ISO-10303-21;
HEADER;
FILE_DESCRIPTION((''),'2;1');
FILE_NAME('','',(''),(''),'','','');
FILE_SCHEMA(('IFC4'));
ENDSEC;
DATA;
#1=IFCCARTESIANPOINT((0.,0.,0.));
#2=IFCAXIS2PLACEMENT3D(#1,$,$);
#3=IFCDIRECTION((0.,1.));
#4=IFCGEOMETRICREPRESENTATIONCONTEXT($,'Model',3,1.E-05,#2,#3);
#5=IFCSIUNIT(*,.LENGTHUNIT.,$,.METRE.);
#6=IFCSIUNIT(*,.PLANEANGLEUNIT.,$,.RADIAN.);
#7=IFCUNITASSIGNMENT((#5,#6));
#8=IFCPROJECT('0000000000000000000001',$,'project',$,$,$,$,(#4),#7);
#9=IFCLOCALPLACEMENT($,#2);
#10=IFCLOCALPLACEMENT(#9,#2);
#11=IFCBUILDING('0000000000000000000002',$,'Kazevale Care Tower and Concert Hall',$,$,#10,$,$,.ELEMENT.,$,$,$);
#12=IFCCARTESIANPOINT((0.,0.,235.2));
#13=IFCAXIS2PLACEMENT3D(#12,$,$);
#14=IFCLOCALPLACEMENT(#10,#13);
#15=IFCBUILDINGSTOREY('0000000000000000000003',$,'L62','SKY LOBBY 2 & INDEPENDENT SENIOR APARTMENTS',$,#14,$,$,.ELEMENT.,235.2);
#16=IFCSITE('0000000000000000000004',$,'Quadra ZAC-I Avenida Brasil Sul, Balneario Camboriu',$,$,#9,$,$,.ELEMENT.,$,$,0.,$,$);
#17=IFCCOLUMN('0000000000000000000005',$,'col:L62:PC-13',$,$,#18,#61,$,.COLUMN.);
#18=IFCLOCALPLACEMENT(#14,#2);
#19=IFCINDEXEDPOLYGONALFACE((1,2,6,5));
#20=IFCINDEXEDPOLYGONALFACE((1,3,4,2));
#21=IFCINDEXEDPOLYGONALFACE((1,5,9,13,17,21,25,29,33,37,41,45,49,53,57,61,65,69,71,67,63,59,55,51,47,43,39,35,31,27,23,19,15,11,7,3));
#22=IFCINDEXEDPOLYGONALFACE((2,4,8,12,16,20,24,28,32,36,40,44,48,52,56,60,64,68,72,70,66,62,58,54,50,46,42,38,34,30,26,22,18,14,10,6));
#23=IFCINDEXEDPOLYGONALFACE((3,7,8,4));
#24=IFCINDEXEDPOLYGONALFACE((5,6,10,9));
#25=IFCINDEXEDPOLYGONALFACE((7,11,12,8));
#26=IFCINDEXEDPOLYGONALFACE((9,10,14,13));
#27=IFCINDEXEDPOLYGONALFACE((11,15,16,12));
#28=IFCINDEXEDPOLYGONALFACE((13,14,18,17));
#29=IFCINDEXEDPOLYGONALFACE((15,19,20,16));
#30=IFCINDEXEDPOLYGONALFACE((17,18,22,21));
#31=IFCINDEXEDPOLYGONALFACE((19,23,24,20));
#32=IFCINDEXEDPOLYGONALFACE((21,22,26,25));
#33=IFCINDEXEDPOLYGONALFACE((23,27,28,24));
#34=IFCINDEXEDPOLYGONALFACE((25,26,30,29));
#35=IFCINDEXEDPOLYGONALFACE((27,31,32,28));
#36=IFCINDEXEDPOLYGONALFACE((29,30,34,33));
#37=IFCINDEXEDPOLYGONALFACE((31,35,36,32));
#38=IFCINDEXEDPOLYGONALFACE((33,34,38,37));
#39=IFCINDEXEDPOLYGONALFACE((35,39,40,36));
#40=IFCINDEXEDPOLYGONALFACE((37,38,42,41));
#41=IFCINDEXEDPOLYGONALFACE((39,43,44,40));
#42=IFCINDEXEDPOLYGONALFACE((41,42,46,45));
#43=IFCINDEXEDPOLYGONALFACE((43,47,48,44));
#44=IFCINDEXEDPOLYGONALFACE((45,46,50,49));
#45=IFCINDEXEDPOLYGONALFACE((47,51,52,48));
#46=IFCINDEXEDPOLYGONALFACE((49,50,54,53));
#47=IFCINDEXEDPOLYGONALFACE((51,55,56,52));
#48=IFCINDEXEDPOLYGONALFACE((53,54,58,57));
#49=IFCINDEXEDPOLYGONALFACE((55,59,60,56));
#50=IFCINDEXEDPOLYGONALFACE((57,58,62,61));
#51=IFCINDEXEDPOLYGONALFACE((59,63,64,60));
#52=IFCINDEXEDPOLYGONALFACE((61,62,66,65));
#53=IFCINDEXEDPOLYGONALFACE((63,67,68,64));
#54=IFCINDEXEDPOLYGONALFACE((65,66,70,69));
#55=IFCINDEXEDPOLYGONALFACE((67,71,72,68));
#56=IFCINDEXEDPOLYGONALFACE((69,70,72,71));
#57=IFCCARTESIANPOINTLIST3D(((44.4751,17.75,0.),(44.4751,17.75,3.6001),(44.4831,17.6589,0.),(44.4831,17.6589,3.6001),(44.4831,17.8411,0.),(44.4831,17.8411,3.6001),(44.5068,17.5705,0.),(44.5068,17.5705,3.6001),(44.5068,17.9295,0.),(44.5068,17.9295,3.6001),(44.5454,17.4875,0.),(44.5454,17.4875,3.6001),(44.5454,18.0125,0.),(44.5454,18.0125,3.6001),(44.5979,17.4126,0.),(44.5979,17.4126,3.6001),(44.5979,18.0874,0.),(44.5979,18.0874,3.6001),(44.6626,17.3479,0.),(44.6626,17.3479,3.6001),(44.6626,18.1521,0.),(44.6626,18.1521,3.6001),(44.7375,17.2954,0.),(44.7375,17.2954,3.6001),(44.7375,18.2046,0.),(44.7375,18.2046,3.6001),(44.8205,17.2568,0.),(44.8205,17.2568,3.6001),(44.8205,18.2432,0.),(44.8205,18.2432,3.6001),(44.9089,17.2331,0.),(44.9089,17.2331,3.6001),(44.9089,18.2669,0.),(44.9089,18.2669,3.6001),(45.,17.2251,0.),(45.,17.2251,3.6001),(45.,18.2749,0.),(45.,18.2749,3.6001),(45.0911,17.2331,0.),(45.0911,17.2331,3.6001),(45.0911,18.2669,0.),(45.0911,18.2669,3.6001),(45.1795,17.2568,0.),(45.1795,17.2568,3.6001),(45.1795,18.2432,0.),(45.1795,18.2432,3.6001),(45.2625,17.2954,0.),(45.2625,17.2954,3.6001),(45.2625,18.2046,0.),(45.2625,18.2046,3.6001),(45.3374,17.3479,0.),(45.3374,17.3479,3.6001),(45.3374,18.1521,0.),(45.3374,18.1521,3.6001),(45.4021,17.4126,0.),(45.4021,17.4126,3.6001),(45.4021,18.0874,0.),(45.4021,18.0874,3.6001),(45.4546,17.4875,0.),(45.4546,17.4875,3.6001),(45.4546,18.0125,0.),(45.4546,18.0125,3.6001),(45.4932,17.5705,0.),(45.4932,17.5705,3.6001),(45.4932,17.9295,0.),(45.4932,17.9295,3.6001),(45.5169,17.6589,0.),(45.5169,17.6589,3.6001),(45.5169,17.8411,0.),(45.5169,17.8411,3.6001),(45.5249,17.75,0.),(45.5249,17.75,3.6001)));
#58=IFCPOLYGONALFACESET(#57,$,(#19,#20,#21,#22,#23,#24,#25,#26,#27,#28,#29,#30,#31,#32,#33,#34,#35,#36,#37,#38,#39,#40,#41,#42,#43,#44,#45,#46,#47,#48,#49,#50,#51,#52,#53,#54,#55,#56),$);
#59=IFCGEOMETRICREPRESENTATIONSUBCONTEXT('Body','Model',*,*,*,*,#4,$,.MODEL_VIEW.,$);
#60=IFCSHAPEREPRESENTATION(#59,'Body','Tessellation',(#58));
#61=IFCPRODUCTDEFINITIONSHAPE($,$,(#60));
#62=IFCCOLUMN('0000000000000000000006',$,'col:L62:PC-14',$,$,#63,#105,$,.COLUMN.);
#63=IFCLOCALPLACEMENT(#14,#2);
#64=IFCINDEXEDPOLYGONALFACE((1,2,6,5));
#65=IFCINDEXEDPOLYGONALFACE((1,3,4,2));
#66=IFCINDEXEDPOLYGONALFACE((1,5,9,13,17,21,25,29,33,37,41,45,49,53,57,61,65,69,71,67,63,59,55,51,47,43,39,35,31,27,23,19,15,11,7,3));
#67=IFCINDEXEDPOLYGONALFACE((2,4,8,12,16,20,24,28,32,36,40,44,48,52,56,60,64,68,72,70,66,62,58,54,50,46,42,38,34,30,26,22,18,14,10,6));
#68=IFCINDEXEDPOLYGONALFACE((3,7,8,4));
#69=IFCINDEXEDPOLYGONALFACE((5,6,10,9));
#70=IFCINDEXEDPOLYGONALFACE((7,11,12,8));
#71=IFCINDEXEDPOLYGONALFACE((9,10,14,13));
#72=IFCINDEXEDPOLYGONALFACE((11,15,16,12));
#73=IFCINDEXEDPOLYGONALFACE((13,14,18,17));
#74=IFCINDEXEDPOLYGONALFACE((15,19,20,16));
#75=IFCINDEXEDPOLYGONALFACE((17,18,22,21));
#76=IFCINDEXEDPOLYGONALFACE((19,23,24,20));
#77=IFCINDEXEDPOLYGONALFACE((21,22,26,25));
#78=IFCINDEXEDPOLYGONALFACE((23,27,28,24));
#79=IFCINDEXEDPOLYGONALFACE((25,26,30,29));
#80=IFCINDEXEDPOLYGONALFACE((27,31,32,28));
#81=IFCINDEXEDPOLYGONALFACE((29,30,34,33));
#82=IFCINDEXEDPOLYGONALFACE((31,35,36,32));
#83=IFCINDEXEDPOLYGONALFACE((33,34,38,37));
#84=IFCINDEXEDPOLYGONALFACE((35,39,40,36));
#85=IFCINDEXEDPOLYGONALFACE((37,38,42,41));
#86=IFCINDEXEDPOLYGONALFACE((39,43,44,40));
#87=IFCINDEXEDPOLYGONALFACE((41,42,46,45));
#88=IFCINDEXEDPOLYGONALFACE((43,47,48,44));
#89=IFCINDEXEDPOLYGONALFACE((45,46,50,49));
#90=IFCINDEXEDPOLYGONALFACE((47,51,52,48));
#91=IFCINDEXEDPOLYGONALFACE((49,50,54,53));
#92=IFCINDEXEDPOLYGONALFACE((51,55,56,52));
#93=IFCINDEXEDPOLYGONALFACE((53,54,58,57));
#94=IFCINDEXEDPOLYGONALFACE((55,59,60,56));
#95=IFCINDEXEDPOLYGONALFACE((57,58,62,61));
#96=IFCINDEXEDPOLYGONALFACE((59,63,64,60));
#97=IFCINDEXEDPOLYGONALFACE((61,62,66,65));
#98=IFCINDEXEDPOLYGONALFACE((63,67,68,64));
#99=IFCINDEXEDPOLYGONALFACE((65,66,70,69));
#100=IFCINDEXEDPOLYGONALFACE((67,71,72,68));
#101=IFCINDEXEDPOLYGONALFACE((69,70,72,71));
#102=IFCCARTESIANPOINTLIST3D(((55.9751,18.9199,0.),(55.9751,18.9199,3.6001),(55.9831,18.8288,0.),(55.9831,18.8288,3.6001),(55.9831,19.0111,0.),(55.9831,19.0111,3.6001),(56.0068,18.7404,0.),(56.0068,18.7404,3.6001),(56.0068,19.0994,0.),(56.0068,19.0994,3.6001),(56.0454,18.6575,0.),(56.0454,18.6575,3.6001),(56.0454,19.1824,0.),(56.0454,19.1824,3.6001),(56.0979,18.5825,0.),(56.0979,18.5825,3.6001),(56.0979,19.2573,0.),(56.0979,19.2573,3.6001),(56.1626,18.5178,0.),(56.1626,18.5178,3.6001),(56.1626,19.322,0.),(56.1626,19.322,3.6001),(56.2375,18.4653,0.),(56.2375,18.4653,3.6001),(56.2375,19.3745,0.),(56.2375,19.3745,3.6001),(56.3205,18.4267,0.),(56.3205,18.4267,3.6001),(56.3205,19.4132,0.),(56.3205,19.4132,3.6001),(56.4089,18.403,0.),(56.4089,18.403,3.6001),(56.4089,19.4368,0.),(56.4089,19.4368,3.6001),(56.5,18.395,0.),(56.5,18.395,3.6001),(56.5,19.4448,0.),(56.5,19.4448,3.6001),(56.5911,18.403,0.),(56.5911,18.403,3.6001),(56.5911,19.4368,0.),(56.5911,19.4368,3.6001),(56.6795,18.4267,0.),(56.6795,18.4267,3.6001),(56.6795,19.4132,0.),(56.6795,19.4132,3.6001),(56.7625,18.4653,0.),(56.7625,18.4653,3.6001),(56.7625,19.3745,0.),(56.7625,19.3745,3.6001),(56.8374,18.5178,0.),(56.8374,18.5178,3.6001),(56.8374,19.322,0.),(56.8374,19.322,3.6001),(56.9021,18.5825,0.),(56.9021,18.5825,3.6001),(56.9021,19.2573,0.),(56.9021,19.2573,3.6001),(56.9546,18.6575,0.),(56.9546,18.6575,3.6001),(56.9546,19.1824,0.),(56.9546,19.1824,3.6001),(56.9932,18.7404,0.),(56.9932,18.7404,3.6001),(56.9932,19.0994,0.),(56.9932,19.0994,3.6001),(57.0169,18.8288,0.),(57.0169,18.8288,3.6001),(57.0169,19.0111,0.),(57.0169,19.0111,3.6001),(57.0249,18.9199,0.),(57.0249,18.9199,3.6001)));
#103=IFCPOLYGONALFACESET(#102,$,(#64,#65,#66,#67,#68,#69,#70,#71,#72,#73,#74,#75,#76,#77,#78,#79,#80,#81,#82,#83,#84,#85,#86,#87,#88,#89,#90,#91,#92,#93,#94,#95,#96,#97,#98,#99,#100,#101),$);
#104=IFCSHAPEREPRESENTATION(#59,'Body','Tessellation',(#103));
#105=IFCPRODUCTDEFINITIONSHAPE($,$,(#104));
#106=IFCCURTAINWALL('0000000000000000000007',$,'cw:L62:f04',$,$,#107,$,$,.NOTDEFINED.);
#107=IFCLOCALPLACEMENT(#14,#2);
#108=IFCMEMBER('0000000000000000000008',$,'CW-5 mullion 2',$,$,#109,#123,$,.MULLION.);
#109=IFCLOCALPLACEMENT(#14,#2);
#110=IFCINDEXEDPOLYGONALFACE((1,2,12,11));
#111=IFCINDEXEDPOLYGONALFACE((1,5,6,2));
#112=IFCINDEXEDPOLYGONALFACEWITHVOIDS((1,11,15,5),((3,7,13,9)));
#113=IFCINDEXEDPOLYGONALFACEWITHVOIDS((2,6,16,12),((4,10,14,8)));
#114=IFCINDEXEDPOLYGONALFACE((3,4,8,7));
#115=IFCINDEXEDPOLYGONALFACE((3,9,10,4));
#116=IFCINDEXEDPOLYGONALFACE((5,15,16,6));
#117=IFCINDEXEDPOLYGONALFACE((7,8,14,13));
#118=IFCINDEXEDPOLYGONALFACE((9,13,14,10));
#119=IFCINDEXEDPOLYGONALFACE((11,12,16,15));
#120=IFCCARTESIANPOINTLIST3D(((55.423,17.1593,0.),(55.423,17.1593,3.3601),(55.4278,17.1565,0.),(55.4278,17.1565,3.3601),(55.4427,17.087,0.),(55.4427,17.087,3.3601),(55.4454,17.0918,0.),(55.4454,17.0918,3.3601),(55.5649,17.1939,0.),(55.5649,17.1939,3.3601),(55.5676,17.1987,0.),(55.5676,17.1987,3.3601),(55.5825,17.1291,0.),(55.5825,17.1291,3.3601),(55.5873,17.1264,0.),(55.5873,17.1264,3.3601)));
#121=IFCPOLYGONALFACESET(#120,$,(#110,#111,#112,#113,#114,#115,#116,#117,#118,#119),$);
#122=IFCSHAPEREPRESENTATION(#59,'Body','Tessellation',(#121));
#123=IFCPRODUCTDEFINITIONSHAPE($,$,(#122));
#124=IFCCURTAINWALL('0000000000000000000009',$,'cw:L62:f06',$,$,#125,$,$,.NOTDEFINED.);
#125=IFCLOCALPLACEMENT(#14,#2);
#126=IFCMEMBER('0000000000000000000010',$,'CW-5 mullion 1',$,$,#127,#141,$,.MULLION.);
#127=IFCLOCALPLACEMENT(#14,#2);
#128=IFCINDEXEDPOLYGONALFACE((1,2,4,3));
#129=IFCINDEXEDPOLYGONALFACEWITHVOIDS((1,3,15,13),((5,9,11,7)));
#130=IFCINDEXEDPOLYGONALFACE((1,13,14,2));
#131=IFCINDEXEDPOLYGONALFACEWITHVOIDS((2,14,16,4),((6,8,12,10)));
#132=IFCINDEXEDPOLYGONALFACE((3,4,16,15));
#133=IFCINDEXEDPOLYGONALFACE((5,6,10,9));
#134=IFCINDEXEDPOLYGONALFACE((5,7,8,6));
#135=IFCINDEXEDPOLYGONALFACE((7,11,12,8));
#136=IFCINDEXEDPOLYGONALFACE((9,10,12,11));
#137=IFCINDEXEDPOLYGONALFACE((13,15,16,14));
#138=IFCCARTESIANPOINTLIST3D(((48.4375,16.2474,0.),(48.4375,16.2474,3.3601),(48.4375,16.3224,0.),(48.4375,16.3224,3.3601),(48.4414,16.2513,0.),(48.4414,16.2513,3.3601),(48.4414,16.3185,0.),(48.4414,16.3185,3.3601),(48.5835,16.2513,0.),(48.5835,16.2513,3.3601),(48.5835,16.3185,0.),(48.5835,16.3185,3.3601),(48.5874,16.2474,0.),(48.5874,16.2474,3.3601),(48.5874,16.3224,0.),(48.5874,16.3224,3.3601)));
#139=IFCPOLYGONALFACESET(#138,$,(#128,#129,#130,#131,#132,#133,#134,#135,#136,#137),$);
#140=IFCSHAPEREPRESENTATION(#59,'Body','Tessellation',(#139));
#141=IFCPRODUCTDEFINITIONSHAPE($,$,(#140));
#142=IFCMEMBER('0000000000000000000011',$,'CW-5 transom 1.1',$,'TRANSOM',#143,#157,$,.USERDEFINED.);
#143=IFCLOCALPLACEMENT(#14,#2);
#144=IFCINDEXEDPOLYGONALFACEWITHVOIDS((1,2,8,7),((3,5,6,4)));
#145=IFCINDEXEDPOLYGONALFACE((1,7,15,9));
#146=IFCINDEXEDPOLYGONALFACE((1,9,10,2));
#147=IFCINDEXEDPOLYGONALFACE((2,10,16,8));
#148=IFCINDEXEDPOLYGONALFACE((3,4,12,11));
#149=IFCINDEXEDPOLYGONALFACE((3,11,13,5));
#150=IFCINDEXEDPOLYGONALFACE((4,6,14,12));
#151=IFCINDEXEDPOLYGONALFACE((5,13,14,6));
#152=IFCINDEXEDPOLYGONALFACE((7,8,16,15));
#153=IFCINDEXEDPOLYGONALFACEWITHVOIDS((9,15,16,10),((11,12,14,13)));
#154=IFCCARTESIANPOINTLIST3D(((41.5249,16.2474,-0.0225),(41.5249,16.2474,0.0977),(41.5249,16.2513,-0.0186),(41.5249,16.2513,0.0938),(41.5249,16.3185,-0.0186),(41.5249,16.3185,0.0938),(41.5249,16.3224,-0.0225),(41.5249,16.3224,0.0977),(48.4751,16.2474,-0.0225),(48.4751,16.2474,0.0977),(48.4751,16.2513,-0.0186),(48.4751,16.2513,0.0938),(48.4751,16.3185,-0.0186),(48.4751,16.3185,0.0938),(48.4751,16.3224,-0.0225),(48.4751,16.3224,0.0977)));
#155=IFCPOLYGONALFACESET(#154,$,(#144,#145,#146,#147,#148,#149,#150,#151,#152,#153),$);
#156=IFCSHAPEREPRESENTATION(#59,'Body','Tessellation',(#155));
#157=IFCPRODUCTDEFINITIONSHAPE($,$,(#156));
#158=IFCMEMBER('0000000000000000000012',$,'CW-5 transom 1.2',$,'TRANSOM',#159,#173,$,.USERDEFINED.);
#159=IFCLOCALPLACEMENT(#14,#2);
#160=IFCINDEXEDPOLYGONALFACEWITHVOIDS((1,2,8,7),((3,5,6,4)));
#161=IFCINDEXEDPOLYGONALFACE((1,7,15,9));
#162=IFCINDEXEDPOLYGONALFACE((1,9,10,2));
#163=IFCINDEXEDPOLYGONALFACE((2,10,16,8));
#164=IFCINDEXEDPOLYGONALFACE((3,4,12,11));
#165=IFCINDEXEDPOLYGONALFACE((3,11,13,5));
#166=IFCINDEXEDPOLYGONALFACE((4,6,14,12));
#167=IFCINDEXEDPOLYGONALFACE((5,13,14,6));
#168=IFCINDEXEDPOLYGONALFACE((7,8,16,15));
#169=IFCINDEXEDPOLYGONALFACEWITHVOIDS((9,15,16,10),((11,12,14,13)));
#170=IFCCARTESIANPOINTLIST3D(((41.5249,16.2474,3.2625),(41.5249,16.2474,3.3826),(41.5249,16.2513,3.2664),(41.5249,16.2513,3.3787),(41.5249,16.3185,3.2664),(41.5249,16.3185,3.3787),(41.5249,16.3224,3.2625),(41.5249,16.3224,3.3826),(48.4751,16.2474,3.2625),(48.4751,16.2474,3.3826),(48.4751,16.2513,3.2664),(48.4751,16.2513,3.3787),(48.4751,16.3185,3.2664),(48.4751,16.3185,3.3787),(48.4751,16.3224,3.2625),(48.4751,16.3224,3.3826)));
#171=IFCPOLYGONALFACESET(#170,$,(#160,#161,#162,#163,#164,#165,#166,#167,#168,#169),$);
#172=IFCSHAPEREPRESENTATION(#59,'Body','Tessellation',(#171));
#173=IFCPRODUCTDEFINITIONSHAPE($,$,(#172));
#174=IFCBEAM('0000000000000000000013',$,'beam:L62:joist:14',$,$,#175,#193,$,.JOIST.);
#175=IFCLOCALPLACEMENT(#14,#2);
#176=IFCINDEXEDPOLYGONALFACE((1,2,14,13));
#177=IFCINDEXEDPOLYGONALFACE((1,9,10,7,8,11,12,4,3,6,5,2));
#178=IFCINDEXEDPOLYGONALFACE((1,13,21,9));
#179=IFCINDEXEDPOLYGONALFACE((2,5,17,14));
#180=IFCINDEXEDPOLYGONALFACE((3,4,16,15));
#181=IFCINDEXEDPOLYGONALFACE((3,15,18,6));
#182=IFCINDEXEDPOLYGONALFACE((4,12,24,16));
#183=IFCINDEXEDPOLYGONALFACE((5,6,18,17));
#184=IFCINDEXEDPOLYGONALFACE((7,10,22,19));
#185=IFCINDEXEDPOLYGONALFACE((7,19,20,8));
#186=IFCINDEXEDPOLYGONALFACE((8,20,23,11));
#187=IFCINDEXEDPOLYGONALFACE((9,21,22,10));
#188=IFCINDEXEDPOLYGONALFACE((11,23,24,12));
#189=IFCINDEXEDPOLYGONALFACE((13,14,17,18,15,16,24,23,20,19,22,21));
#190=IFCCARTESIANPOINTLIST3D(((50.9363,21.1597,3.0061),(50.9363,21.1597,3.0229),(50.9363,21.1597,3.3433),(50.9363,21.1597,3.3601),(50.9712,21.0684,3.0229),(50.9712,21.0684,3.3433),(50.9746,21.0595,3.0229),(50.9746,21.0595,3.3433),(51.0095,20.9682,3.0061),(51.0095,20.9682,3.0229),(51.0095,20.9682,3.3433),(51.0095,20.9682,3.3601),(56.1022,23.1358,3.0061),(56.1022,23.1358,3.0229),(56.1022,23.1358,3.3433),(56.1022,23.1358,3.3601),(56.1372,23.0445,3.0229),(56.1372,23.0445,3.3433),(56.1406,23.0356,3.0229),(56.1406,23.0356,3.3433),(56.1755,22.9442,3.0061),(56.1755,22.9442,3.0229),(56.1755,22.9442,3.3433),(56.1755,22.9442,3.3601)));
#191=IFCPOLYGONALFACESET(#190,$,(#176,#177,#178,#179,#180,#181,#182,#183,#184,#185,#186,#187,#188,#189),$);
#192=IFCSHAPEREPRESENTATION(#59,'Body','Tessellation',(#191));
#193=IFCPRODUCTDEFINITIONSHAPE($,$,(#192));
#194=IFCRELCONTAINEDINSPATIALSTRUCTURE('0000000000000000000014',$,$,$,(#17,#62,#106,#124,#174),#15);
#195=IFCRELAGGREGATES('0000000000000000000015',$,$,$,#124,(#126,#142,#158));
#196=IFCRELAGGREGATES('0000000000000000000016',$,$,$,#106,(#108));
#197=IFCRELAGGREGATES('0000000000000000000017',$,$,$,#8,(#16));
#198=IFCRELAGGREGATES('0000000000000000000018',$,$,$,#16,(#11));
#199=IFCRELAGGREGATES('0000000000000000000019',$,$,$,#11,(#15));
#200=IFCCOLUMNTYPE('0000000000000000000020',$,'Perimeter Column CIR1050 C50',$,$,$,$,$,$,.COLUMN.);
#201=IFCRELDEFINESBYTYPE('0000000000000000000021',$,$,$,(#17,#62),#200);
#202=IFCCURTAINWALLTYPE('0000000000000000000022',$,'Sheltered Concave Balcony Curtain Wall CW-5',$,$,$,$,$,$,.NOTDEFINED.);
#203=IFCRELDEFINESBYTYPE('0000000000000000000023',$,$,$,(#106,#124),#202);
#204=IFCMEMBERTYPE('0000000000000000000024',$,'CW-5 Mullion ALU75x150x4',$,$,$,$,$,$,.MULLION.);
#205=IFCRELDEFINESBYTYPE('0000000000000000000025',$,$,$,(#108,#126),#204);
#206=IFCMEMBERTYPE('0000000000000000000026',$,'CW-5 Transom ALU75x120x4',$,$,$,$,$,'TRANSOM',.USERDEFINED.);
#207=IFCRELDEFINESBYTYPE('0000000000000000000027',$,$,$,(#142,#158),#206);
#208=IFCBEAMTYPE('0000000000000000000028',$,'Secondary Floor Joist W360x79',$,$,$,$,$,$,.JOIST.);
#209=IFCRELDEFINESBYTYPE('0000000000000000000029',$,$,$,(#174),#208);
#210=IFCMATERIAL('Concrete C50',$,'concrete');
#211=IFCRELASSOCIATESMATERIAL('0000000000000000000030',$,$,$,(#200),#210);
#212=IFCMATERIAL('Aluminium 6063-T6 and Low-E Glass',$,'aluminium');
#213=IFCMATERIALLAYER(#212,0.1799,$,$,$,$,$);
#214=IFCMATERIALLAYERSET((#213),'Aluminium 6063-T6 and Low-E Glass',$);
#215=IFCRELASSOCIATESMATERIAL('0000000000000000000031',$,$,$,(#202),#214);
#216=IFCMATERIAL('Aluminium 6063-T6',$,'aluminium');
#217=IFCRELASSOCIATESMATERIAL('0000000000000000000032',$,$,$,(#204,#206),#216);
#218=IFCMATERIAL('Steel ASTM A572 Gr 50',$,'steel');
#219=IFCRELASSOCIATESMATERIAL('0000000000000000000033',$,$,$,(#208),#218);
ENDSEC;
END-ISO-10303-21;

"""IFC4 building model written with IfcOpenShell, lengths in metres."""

from ifc_helpers import new_model, si_unit, direction, frame, origin, origin_2d, place, context, subcontext, project, spatial, hollow_rectangle, circle, i_section, extrude, material, layer, layer_set, material_profile, profile_set, type_object, element, aggregate, save


model = new_model("IFC4")

# Units and contexts
model_context = context("Model", 3, precision=1e-05, world=origin(), true_north=direction((0.0, 1.0)))
body_context = subcontext(model_context, "Body", "Model", "MODEL_VIEW")
ifc_project = project(units=[si_unit("LENGTHUNIT", "METRE"), si_unit("PLANEANGLEUNIT", "RADIAN")], contexts=[model_context])

# Site, building, storey
site_placement = place(None, origin())
site = spatial("IfcSite", under=ifc_project, at=site_placement, Name="Quadra ZAC-I Avenida Brasil Sul, Balneario Camboriu", CompositionType="ELEMENT", RefElevation=0.0)
building_placement = place(site_placement, origin())
building = spatial("IfcBuilding", under=site, at=building_placement, Name="Kazevale Care Tower and Concert Hall", CompositionType="ELEMENT")
storey_placement = place(building_placement, frame((0.0, 0.0, 235.2)))
storey = spatial("IfcBuildingStorey", under=building, at=storey_placement, Name="L62", Description="SKY LOBBY 2 & INDEPENDENT SENIOR APARTMENTS", CompositionType="ELEMENT", Elevation=235.2)

# Columns
ifc_material_1 = material(Name="Concrete C50", Category="concrete")
ifc_material_profile_1 = material_profile(ifc_material_1, circle(Radius=0.5249, at=origin_2d()), Name="RC-CIR1050")
ifc_profile_set_1 = profile_set([ifc_material_profile_1], Name="Concrete C50")
column_type = type_object("IfcColumnType", Name="Perimeter Column CIR1050 C50", PredefinedType="COLUMN", material=ifc_profile_set_1)
for number, where, z_axis, x_axis, name in (
    (1, (45.0, 17.75, 0.0), (0.0, 0.0, 1.0), (1.0, 0.0, 0.0), "col:L62:PC-13"),
    (2, (56.5, 18.9199, 0.0), (0.0, 0.0, 1.0), (1.0, 0.0, 0.0), "col:L62:PC-14"),
):
    element("IfcColumn", number, at=place(storey_placement, frame(where, z_axis=z_axis, x_axis=x_axis)), inside=storey, type_object=column_type, Name=name, PredefinedType="COLUMN", context=body_context, shape_type="SweptSolid", body=[
        extrude(circle(Radius=0.5249, at=origin_2d()), origin(), (0.0, 0.0, 1.0), 3.6001),
    ])

# Curtain wall, member
ifc_material_2 = material(Name="Aluminium 6063-T6 and Low-E Glass", Category="aluminium")
ifc_layer_1 = layer(ifc_material_2, 0.1799)
ifc_layer_set_1 = layer_set([ifc_layer_1], Name="Aluminium 6063-T6 and Low-E Glass")
curtain_wall_type = type_object("IfcCurtainWallType", Name="Sheltered Concave Balcony Curtain Wall CW-5", PredefinedType="NOTDEFINED", material=ifc_layer_set_1)
curtain_wall_1_placement = place(storey_placement, origin())
curtain_wall_1 = element("IfcCurtainWall", 3, at=curtain_wall_1_placement, inside=storey, type_object=curtain_wall_type, Name="cw:L62:f04", PredefinedType="NOTDEFINED")
ifc_material_3 = material(Name="Aluminium 6063-T6", Category="aluminium")
ifc_material_profile_2 = material_profile(ifc_material_3, hollow_rectangle(XDim=0.075, YDim=0.1499, WallThickness=0.0039, at=origin_2d()), Name="ALU75x150x4")
ifc_profile_set_2 = profile_set([ifc_material_profile_2], Name="Aluminium 6063-T6")
member_type_1 = type_object("IfcMemberType", Name="CW-5 Mullion ALU75x150x4", PredefinedType="MULLION", material=ifc_profile_set_2)
member_1_placement = place(storey_placement, frame((55.5051, 17.1428, 0.0), z_axis=(0.0, 0.0, 1.0), x_axis=(0.262849, -0.964837, 0.0)))
member_1 = element("IfcMember", 4, at=member_1_placement, type_object=member_type_1, Name="CW-5 mullion 2", PredefinedType="MULLION", context=body_context, shape_type="SweptSolid", body=[
    extrude(hollow_rectangle(XDim=0.075, YDim=0.1499, WallThickness=0.0039, at=origin_2d()), origin(), (0.0, 0.0, 1.0), 3.3601),
])

# Curtain wall, members
curtain_wall_2_placement = place(storey_placement, origin())
curtain_wall_2 = element("IfcCurtainWall", 5, at=curtain_wall_2_placement, inside=storey, type_object=curtain_wall_type, Name="cw:L62:f06", PredefinedType="NOTDEFINED")
member_2_placement = place(storey_placement, frame((48.5125, 16.2849, 0.0), z_axis=(0.0, 0.0, 1.0), x_axis=(0.0, -1.0, 0.0)))
member_2 = element("IfcMember", 6, at=member_2_placement, type_object=member_type_1, Name="CW-5 mullion 1", PredefinedType="MULLION", context=body_context, shape_type="SweptSolid", body=[
    extrude(hollow_rectangle(XDim=0.075, YDim=0.1499, WallThickness=0.0039, at=origin_2d()), origin(), (0.0, 0.0, 1.0), 3.3601),
])
ifc_material_profile_3 = material_profile(ifc_material_3, hollow_rectangle(XDim=0.075, YDim=0.1201, WallThickness=0.0039, at=origin_2d()), Name="ALU75x120x4")
ifc_profile_set_3 = profile_set([ifc_material_profile_3], Name="Aluminium 6063-T6")
member_type_2 = type_object("IfcMemberType", Name="CW-5 Transom ALU75x120x4", ElementType="TRANSOM", PredefinedType="USERDEFINED", material=ifc_profile_set_3)
member_3_placement = place(storey_placement, frame((48.4751, 16.2849, 0.0376), z_axis=(-1.0, 0.0, 0.0), x_axis=(0.0, -1.0, 0.0)))
member_3 = element("IfcMember", 7, at=member_3_placement, type_object=member_type_2, Name="CW-5 transom 1.1", ObjectType="TRANSOM", PredefinedType="USERDEFINED", context=body_context, shape_type="SweptSolid", body=[
    extrude(hollow_rectangle(XDim=0.075, YDim=0.1201, WallThickness=0.0039, at=origin_2d()), origin(), (0.0, 0.0, 1.0), 6.9502),
])
member_4_placement = place(storey_placement, frame((48.4751, 16.2849, 3.3225), z_axis=(-1.0, 0.0, 0.0), x_axis=(0.0, -1.0, 0.0)))
member_4 = element("IfcMember", 8, at=member_4_placement, type_object=member_type_2, Name="CW-5 transom 1.2", ObjectType="TRANSOM", PredefinedType="USERDEFINED", context=body_context, shape_type="SweptSolid", body=[
    extrude(hollow_rectangle(XDim=0.075, YDim=0.1201, WallThickness=0.0039, at=origin_2d()), origin(), (0.0, 0.0, 1.0), 6.9502),
])
aggregate(curtain_wall_2, [member_2, member_3, member_4])

# Beam
ifc_material_4 = material(Name="Steel ASTM A572 Gr 50", Category="steel")
ifc_material_profile_4 = material_profile(ifc_material_4, i_section(OverallWidth=0.2051, OverallDepth=0.354, WebThickness=0.0095, FlangeThickness=0.0168, at=origin_2d()), Name="W360x79")
ifc_profile_set_4 = profile_set([ifc_material_profile_4], Name="Steel ASTM A572 Gr 50")
beam_type_1 = type_object("IfcBeamType", Name="Secondary Floor Joist W360x79", PredefinedType="JOIST", material=ifc_profile_set_4)
beam_1_placement = place(storey_placement, frame((50.9729, 21.064, 3.1831), z_axis=(0.934002, 0.357269, 0.0), x_axis=(-0.357269, 0.934002, 0.0)))
element("IfcBeam", 9, at=beam_1_placement, inside=storey, type_object=beam_type_1, Name="beam:L62:joist:14", PredefinedType="JOIST", context=body_context, shape_type="SweptSolid", body=[
    extrude(i_section(OverallWidth=0.2051, OverallDepth=0.354, WebThickness=0.0095, FlangeThickness=0.0168, at=origin_2d()), origin(), (0.0, 0.0, 1.0), 5.531),
])

aggregate(curtain_wall_1, [member_1])

save(model, "model.ifc")
